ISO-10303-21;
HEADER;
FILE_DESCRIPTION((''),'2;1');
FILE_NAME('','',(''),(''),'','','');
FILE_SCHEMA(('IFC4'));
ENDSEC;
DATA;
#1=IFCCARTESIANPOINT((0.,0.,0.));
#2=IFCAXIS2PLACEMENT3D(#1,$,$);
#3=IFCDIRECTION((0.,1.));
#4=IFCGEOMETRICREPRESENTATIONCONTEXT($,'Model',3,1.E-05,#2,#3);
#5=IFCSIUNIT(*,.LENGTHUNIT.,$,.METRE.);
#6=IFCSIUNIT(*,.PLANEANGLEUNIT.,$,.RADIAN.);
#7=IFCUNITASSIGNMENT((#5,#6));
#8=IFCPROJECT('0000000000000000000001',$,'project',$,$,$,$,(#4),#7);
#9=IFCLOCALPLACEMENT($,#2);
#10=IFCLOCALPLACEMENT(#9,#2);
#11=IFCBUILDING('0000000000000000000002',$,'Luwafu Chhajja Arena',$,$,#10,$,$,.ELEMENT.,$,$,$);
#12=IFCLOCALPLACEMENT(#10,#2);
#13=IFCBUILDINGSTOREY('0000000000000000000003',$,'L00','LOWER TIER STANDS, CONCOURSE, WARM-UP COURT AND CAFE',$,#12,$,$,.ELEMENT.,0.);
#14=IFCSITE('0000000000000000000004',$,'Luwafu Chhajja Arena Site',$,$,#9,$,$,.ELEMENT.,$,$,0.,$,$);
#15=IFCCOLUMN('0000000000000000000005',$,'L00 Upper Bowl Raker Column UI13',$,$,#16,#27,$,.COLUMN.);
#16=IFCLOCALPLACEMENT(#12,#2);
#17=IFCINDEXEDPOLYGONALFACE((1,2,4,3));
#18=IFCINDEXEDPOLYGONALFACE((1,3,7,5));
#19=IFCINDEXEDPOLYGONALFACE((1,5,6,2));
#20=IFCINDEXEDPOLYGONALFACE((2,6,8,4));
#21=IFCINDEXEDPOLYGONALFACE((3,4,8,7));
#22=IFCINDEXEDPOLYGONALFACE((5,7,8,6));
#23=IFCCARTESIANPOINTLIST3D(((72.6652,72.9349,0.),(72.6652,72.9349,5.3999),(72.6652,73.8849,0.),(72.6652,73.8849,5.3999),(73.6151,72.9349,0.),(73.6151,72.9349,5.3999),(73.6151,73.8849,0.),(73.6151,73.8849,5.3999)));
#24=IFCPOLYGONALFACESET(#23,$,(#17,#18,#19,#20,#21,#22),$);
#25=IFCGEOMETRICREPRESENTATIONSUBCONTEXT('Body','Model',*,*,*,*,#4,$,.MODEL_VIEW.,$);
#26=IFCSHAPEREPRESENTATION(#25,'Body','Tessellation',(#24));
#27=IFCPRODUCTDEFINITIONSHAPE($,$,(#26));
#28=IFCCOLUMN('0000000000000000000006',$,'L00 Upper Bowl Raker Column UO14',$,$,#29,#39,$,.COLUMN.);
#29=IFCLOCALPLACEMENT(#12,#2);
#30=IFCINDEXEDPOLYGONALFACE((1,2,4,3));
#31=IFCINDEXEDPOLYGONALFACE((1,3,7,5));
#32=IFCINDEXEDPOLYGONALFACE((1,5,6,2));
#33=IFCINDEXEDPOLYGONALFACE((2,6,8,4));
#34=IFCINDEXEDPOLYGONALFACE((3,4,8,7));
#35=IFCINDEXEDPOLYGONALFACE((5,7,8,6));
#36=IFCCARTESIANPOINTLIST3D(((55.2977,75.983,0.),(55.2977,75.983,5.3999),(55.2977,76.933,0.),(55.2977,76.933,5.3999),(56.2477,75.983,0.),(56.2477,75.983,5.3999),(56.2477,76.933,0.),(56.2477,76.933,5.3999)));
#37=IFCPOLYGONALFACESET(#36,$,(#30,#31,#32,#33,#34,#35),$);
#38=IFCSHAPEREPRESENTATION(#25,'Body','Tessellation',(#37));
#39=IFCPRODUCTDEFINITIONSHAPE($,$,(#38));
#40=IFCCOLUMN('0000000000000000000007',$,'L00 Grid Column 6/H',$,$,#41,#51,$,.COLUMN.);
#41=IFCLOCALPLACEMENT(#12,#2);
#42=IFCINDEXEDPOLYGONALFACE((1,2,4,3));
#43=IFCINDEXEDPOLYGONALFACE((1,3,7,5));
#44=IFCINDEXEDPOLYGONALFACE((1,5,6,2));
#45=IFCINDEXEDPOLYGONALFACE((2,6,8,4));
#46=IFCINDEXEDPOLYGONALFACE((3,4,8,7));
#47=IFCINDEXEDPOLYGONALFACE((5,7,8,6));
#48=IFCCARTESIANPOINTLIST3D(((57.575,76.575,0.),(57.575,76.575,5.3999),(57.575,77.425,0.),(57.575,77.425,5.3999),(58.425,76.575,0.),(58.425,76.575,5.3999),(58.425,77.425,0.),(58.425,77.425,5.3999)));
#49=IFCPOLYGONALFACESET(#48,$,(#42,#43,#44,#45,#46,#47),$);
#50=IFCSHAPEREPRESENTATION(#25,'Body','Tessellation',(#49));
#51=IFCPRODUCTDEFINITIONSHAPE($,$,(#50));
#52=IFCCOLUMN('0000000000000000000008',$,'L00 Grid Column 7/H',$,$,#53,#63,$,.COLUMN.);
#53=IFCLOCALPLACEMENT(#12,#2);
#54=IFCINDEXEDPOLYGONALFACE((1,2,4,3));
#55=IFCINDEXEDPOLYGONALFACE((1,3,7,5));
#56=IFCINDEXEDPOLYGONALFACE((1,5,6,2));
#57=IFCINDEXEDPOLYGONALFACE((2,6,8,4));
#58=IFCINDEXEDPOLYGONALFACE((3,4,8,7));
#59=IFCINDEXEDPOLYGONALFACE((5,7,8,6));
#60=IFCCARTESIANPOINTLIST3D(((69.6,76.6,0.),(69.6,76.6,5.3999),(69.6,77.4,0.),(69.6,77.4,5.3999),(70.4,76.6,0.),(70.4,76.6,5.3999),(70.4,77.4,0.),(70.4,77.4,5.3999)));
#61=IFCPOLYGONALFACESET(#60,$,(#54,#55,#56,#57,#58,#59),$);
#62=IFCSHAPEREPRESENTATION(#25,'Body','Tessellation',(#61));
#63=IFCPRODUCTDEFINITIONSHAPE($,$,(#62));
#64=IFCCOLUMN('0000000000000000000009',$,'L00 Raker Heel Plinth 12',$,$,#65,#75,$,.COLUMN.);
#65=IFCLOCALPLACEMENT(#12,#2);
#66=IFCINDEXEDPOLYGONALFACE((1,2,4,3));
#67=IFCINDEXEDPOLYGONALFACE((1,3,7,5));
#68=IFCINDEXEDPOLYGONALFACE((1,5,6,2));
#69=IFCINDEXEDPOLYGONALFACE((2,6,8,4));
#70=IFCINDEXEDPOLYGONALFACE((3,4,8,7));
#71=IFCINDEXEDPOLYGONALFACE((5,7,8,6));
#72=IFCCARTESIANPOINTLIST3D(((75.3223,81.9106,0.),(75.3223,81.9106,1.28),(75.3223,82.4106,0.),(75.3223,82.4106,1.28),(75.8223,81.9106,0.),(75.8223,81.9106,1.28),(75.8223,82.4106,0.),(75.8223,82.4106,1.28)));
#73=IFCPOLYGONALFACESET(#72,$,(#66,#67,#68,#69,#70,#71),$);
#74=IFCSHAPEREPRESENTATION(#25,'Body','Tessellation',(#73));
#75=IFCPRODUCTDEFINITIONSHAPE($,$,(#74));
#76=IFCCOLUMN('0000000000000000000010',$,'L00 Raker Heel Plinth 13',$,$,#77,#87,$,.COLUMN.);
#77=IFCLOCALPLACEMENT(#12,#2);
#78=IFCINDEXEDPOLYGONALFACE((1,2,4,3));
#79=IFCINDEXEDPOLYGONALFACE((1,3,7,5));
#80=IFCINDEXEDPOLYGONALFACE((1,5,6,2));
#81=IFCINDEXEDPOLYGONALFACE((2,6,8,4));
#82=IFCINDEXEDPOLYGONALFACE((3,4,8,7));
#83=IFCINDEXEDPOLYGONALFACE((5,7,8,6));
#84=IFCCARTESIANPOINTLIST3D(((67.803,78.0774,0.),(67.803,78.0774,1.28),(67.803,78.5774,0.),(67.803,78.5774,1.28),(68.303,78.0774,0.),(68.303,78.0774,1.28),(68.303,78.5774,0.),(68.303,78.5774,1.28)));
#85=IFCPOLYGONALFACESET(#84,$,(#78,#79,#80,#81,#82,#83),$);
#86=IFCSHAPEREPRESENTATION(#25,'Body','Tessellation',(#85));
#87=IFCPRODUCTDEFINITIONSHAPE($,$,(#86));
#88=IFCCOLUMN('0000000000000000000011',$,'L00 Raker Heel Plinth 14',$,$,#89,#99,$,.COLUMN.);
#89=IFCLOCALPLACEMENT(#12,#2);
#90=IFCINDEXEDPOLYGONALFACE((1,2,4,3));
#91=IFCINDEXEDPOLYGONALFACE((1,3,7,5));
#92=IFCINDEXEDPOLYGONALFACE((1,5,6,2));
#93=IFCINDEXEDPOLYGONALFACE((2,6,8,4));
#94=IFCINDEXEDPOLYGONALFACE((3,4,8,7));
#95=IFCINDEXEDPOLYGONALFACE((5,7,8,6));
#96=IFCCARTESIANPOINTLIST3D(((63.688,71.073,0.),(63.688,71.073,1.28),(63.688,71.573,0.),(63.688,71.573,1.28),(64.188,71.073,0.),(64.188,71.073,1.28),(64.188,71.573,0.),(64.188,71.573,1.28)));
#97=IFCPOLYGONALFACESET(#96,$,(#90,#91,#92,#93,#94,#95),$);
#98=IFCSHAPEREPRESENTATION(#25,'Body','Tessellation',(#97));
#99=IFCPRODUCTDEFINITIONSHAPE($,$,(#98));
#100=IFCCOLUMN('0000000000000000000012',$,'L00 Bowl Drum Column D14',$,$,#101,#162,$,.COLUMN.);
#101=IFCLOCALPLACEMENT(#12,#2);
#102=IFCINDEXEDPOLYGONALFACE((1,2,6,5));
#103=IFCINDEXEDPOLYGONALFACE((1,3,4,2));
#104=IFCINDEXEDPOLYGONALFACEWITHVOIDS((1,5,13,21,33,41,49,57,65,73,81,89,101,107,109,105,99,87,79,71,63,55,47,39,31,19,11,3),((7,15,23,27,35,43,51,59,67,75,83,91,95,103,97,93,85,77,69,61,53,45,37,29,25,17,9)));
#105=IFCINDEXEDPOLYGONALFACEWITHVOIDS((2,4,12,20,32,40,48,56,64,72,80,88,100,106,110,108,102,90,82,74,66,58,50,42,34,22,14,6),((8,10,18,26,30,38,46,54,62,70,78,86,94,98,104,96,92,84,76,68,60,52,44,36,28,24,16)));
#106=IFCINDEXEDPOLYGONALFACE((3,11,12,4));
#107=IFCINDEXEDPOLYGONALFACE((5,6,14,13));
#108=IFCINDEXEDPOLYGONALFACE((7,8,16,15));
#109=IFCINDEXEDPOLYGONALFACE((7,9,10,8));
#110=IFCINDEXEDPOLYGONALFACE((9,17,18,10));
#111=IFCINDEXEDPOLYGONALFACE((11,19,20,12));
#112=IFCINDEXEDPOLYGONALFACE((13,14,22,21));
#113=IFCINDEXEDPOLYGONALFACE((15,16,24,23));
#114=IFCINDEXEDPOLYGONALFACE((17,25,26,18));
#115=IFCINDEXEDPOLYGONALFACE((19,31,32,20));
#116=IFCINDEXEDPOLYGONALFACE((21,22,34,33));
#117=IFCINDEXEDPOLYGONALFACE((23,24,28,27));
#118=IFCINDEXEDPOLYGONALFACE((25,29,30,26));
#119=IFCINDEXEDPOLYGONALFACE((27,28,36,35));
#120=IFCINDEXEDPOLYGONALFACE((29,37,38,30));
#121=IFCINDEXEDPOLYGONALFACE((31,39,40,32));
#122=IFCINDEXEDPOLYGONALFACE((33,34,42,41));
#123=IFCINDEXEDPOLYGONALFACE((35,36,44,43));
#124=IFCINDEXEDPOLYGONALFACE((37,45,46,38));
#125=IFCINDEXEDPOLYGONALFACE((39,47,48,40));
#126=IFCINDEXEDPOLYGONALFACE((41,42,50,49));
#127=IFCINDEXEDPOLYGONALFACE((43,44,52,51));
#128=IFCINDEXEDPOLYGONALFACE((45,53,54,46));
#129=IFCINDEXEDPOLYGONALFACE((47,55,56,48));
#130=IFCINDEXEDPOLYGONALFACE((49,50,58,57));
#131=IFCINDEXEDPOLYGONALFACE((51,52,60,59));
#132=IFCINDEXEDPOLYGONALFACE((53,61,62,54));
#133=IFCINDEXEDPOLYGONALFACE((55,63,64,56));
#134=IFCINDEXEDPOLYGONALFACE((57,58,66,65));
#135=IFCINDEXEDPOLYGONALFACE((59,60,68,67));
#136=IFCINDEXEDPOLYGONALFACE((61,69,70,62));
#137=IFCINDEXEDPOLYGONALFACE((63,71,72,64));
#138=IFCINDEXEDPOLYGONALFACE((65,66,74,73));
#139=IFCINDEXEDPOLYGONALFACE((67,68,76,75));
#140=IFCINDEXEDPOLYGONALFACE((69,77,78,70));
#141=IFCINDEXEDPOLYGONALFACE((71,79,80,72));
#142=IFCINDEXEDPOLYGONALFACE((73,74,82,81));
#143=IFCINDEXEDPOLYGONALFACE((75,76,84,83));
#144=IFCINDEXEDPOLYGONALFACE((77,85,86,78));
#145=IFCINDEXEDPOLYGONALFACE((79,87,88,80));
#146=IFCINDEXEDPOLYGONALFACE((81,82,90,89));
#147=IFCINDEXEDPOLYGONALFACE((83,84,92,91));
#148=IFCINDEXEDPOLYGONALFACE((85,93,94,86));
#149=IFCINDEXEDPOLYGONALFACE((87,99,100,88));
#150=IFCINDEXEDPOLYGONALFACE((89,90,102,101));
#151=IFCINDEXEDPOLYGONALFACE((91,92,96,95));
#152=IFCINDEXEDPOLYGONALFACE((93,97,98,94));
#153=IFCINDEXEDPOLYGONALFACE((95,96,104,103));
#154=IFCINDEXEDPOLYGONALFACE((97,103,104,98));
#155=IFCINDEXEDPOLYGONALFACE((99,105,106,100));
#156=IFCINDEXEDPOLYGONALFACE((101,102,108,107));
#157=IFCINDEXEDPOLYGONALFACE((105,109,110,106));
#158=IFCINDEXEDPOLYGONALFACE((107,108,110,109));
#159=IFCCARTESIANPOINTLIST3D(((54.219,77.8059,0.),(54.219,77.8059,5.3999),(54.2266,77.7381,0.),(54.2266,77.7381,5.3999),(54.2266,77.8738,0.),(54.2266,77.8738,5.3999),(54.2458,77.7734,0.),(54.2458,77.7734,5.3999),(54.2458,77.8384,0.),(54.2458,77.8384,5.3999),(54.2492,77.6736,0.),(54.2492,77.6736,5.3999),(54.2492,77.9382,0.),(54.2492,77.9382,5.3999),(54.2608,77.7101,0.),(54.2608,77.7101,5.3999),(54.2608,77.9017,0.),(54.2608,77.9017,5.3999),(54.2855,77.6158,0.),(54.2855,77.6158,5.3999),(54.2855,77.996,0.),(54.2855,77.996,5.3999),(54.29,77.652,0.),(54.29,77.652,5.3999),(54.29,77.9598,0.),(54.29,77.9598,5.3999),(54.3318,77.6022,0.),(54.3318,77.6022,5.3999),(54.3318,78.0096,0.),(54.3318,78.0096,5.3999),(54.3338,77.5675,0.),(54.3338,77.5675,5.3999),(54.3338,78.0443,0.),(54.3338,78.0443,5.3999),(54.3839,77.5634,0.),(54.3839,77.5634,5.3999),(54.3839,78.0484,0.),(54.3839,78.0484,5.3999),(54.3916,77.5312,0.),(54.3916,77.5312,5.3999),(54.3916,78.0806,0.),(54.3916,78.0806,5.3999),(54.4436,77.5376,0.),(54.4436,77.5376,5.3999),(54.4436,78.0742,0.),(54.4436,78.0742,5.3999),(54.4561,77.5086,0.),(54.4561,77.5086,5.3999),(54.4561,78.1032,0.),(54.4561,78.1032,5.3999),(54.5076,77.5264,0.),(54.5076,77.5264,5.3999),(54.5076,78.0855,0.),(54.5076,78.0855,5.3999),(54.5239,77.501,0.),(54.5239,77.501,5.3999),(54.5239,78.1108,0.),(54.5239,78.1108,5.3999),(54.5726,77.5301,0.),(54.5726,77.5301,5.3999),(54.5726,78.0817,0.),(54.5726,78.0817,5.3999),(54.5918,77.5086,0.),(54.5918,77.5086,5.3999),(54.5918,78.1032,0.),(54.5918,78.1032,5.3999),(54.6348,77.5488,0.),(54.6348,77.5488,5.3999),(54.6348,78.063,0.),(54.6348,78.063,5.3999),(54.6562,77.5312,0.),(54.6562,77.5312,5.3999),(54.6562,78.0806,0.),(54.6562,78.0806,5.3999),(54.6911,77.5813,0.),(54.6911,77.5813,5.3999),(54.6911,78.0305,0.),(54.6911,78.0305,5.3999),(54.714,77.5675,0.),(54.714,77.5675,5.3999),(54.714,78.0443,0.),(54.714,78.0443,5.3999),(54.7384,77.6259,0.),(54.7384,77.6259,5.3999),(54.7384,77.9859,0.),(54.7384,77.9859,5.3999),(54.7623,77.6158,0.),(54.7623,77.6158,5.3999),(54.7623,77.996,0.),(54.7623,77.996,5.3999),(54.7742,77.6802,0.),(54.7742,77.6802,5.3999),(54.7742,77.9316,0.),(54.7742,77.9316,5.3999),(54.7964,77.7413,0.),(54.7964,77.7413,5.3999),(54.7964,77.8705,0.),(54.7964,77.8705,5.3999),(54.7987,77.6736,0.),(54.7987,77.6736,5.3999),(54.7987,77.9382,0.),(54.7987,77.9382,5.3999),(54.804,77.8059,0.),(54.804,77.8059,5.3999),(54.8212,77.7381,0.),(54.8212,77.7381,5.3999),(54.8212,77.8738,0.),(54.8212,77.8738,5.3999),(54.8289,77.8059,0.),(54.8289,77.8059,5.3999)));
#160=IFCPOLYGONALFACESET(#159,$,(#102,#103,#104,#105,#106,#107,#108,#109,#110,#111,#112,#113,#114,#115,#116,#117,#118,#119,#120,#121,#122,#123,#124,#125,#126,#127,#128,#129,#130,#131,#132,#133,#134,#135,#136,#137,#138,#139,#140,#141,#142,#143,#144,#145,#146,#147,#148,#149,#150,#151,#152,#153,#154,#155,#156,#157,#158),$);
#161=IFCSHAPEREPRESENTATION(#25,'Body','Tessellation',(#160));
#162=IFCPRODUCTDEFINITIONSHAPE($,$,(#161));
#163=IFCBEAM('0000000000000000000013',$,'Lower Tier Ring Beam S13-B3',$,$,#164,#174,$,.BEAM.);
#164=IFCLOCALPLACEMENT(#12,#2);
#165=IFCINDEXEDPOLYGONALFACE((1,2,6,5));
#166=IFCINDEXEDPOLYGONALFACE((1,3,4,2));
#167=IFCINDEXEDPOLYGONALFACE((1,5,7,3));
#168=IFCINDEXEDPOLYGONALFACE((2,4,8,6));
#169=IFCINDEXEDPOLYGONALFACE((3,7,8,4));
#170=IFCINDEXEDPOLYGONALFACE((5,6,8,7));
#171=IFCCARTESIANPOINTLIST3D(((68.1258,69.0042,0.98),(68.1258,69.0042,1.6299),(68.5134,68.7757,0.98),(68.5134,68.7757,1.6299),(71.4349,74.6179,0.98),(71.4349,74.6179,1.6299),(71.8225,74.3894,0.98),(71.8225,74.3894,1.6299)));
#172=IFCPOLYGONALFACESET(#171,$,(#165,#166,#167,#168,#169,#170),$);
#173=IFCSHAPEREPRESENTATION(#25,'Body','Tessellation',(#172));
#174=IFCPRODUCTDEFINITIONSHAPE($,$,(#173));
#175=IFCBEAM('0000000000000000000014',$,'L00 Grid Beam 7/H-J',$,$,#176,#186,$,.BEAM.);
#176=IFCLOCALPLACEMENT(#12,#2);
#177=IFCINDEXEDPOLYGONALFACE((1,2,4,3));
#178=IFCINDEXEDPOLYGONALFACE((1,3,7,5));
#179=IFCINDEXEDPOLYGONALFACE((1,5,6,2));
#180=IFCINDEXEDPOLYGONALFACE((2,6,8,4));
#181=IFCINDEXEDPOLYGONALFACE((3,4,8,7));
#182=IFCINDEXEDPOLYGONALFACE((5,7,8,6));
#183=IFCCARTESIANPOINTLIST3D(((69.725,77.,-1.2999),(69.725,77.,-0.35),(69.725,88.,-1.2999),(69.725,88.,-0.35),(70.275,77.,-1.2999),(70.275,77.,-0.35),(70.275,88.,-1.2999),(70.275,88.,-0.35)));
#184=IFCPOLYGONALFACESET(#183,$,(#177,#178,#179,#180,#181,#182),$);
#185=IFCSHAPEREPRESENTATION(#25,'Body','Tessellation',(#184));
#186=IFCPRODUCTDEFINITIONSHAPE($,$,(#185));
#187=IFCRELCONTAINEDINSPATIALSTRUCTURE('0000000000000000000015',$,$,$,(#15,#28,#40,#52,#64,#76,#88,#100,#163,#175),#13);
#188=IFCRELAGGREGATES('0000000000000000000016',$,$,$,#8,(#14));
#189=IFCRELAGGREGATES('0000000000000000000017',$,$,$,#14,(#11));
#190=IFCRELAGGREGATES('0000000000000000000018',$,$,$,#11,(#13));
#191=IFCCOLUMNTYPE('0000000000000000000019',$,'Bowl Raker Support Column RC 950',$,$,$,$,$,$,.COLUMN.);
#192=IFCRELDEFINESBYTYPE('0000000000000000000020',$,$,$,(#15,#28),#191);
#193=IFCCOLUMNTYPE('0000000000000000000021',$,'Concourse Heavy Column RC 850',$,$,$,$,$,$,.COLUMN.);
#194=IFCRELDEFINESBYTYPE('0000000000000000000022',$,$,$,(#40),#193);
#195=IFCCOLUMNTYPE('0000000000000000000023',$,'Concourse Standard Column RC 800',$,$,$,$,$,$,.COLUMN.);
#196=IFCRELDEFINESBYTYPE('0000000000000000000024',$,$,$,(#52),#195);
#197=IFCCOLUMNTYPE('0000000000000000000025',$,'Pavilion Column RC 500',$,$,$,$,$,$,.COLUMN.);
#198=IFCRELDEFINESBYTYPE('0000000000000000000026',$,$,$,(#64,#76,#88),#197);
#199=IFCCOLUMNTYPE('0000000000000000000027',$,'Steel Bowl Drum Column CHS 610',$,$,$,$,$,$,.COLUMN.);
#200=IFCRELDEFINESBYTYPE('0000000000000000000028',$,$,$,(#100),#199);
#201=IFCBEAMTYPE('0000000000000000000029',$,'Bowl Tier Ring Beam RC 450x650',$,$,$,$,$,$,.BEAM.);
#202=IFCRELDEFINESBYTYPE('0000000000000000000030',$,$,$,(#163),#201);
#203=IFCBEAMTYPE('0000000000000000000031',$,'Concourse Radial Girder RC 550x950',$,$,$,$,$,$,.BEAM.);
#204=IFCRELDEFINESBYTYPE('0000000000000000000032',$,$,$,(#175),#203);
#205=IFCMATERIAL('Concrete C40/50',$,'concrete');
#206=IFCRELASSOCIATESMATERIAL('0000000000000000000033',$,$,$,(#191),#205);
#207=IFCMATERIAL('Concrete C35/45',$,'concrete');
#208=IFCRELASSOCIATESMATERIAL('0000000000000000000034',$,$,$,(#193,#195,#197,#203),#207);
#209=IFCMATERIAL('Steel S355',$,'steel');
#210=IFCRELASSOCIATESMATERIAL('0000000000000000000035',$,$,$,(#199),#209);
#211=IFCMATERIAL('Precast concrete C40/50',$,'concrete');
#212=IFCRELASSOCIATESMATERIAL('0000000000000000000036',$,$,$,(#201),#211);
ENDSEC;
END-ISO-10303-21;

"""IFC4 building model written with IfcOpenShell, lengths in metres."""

from ifc_helpers import new_model, si_unit, direction, frame, origin, origin_2d, place, context, subcontext, project, spatial, rectangle, hollow_circle, extrude, material, material_profile, profile_set, type_object, element, save


model = new_model("IFC4")

# Units and contexts
model_context = context("Model", 3, precision=1e-05, world=origin(), true_north=direction((0.0, 1.0)))
body_context = subcontext(model_context, "Body", "Model", "MODEL_VIEW")
ifc_project = project(units=[si_unit("LENGTHUNIT", "METRE"), si_unit("PLANEANGLEUNIT", "RADIAN")], contexts=[model_context])

# Site, building, storey
site_placement = place(None, origin())
site = spatial("IfcSite", under=ifc_project, at=site_placement, Name="Luwafu Chhajja Arena Site", CompositionType="ELEMENT", RefElevation=0.0)
building_placement = place(site_placement, origin())
building = spatial("IfcBuilding", under=site, at=building_placement, Name="Luwafu Chhajja Arena", CompositionType="ELEMENT")
storey_placement = place(building_placement, origin())
storey = spatial("IfcBuildingStorey", under=building, at=storey_placement, Name="L00", Description="LOWER TIER STANDS, CONCOURSE, WARM-UP COURT AND CAFE", CompositionType="ELEMENT", Elevation=0.0)

# Columns
ifc_material_1 = material(Name="Concrete C40/50", Category="concrete")
ifc_material_profile_1 = material_profile(ifc_material_1, rectangle(XDim=0.95, YDim=0.95, at=origin_2d()), Name="RC 950x950")
ifc_profile_set_1 = profile_set([ifc_material_profile_1], Name="Concrete C40/50")
column_type_1 = type_object("IfcColumnType", Name="Bowl Raker Support Column RC 950", PredefinedType="COLUMN", material=ifc_profile_set_1)
for number, where, z_axis, x_axis, name in (
    (1, (73.1401, 73.4099, 0.0), (0.0, 0.0, 1.0), (1.0, 0.0, 0.0), "L00 Upper Bowl Raker Column UI13"),
    (2, (55.7727, 76.458, 0.0), (0.0, 0.0, 1.0), (1.0, 0.0, 0.0), "L00 Upper Bowl Raker Column UO14"),
):
    element("IfcColumn", number, at=place(storey_placement, frame(where, z_axis=z_axis, x_axis=x_axis)), inside=storey, type_object=column_type_1, Name=name, PredefinedType="COLUMN", context=body_context, shape_type="SweptSolid", body=[
        extrude(rectangle(XDim=0.95, YDim=0.95, at=origin_2d()), origin(), (0.0, 0.0, 1.0), 5.3999),
    ])
ifc_material_2 = material(Name="Concrete C35/45", Category="concrete")
ifc_material_profile_2 = material_profile(ifc_material_2, rectangle(XDim=0.8501, YDim=0.8501, at=origin_2d()), Name="RC 850x850")
ifc_profile_set_2 = profile_set([ifc_material_profile_2], Name="Concrete C35/45")
column_type_2 = type_object("IfcColumnType", Name="Concourse Heavy Column RC 850", PredefinedType="COLUMN", material=ifc_profile_set_2)
column_1_placement = place(storey_placement, frame((58.0, 77.0, 0.0), z_axis=(0.0, 0.0, 1.0), x_axis=(1.0, 0.0, 0.0)))
element("IfcColumn", 3, at=column_1_placement, inside=storey, type_object=column_type_2, Name="L00 Grid Column 6/H", PredefinedType="COLUMN", context=body_context, shape_type="SweptSolid", body=[
    extrude(rectangle(XDim=0.8501, YDim=0.8501, at=origin_2d()), origin(), (0.0, 0.0, 1.0), 5.3999),
])
ifc_material_profile_3 = material_profile(ifc_material_2, rectangle(XDim=0.8, YDim=0.8, at=origin_2d()), Name="RC 800x800")
ifc_profile_set_3 = profile_set([ifc_material_profile_3], Name="Concrete C35/45")
column_type_3 = type_object("IfcColumnType", Name="Concourse Standard Column RC 800", PredefinedType="COLUMN", material=ifc_profile_set_3)
column_2_placement = place(storey_placement, frame((70.0, 77.0, 0.0), z_axis=(0.0, 0.0, 1.0), x_axis=(1.0, 0.0, 0.0)))
element("IfcColumn", 4, at=column_2_placement, inside=storey, type_object=column_type_3, Name="L00 Grid Column 7/H", PredefinedType="COLUMN", context=body_context, shape_type="SweptSolid", body=[
    extrude(rectangle(XDim=0.8, YDim=0.8, at=origin_2d()), origin(), (0.0, 0.0, 1.0), 5.3999),
])
ifc_material_profile_4 = material_profile(ifc_material_2, rectangle(XDim=0.5, YDim=0.5, at=origin_2d()), Name="RC 500x500")
ifc_profile_set_4 = profile_set([ifc_material_profile_4], Name="Concrete C35/45")
column_type_4 = type_object("IfcColumnType", Name="Pavilion Column RC 500", PredefinedType="COLUMN", material=ifc_profile_set_4)
for number, where, z_axis, x_axis, name in (
    (5, (75.5723, 82.1606, 0.0), (0.0, 0.0, 1.0), (1.0, 0.0, 0.0), "L00 Raker Heel Plinth 12"),
    (6, (68.053, 78.3274, 0.0), (0.0, 0.0, 1.0), (1.0, 0.0, 0.0), "L00 Raker Heel Plinth 13"),
    (7, (63.938, 71.323, 0.0), (0.0, 0.0, 1.0), (1.0, 0.0, 0.0), "L00 Raker Heel Plinth 14"),
):
    element("IfcColumn", number, at=place(storey_placement, frame(where, z_axis=z_axis, x_axis=x_axis)), inside=storey, type_object=column_type_4, Name=name, PredefinedType="COLUMN", context=body_context, shape_type="SweptSolid", body=[
        extrude(rectangle(XDim=0.5, YDim=0.5, at=origin_2d()), origin(), (0.0, 0.0, 1.0), 1.28),
    ])
ifc_material_3 = material(Name="Steel S355", Category="steel")
ifc_material_profile_5 = material_profile(ifc_material_3, hollow_circle(Radius=0.3049, WallThickness=0.0249, at=origin_2d()), Name="CHS 610x25")
ifc_profile_set_5 = profile_set([ifc_material_profile_5], Name="Steel S355")
column_type_5 = type_object("IfcColumnType", Name="Steel Bowl Drum Column CHS 610", PredefinedType="COLUMN", material=ifc_profile_set_5)
column_3_placement = place(storey_placement, frame((54.5239, 77.8059, 0.0), z_axis=(0.0, 0.0, 1.0), x_axis=(1.0, 0.0, 0.0)))
element("IfcColumn", 8, at=column_3_placement, inside=storey, type_object=column_type_5, Name="L00 Bowl Drum Column D14", PredefinedType="COLUMN", context=body_context, shape_type="SweptSolid", body=[
    extrude(hollow_circle(Radius=0.3049, WallThickness=0.0249, at=origin_2d()), origin(), (0.0, 0.0, 1.0), 5.3999),
])

# Beams
ifc_material_4 = material(Name="Precast concrete C40/50", Category="concrete")
ifc_material_profile_6 = material_profile(ifc_material_4, rectangle(XDim=0.45, YDim=0.6499, at=origin_2d()), Name="RC 450x650")
ifc_profile_set_6 = profile_set([ifc_material_profile_6], Name="Precast concrete C40/50")
beam_type_1 = type_object("IfcBeamType", Name="Bowl Tier Ring Beam RC 450x650", PredefinedType="BEAM", material=ifc_profile_set_6)
beam_1_placement = place(storey_placement, frame((71.6287, 74.5037, 1.3049), z_axis=(-0.507803, -0.861473, 0.0), x_axis=(0.861473, -0.507803, 0.0)))
element("IfcBeam", 9, at=beam_1_placement, inside=storey, type_object=beam_type_1, Name="Lower Tier Ring Beam S13-B3", PredefinedType="BEAM", context=body_context, shape_type="SweptSolid", body=[
    extrude(rectangle(XDim=0.45, YDim=0.6499, at=origin_2d()), origin(), (0.0, 0.0, 1.0), 6.5164),
])
ifc_material_profile_7 = material_profile(ifc_material_2, rectangle(XDim=0.55, YDim=0.95, at=origin_2d()), Name="RC 550x950")
ifc_profile_set_7 = profile_set([ifc_material_profile_7], Name="Concrete C35/45")
beam_type_2 = type_object("IfcBeamType", Name="Concourse Radial Girder RC 550x950", PredefinedType="BEAM", material=ifc_profile_set_7)
beam_2_placement = place(storey_placement, frame((70.0, 77.0, -0.825), z_axis=(0.0, 1.0, 0.0), x_axis=(-1.0, 0.0, 0.0)))
element("IfcBeam", 10, at=beam_2_placement, inside=storey, type_object=beam_type_2, Name="L00 Grid Beam 7/H-J", PredefinedType="BEAM", context=body_context, shape_type="SweptSolid", body=[
    extrude(rectangle(XDim=0.55, YDim=0.95, at=origin_2d()), origin(), (0.0, 0.0, 1.0), 11.0),
])

save(model, "model.ifc")
